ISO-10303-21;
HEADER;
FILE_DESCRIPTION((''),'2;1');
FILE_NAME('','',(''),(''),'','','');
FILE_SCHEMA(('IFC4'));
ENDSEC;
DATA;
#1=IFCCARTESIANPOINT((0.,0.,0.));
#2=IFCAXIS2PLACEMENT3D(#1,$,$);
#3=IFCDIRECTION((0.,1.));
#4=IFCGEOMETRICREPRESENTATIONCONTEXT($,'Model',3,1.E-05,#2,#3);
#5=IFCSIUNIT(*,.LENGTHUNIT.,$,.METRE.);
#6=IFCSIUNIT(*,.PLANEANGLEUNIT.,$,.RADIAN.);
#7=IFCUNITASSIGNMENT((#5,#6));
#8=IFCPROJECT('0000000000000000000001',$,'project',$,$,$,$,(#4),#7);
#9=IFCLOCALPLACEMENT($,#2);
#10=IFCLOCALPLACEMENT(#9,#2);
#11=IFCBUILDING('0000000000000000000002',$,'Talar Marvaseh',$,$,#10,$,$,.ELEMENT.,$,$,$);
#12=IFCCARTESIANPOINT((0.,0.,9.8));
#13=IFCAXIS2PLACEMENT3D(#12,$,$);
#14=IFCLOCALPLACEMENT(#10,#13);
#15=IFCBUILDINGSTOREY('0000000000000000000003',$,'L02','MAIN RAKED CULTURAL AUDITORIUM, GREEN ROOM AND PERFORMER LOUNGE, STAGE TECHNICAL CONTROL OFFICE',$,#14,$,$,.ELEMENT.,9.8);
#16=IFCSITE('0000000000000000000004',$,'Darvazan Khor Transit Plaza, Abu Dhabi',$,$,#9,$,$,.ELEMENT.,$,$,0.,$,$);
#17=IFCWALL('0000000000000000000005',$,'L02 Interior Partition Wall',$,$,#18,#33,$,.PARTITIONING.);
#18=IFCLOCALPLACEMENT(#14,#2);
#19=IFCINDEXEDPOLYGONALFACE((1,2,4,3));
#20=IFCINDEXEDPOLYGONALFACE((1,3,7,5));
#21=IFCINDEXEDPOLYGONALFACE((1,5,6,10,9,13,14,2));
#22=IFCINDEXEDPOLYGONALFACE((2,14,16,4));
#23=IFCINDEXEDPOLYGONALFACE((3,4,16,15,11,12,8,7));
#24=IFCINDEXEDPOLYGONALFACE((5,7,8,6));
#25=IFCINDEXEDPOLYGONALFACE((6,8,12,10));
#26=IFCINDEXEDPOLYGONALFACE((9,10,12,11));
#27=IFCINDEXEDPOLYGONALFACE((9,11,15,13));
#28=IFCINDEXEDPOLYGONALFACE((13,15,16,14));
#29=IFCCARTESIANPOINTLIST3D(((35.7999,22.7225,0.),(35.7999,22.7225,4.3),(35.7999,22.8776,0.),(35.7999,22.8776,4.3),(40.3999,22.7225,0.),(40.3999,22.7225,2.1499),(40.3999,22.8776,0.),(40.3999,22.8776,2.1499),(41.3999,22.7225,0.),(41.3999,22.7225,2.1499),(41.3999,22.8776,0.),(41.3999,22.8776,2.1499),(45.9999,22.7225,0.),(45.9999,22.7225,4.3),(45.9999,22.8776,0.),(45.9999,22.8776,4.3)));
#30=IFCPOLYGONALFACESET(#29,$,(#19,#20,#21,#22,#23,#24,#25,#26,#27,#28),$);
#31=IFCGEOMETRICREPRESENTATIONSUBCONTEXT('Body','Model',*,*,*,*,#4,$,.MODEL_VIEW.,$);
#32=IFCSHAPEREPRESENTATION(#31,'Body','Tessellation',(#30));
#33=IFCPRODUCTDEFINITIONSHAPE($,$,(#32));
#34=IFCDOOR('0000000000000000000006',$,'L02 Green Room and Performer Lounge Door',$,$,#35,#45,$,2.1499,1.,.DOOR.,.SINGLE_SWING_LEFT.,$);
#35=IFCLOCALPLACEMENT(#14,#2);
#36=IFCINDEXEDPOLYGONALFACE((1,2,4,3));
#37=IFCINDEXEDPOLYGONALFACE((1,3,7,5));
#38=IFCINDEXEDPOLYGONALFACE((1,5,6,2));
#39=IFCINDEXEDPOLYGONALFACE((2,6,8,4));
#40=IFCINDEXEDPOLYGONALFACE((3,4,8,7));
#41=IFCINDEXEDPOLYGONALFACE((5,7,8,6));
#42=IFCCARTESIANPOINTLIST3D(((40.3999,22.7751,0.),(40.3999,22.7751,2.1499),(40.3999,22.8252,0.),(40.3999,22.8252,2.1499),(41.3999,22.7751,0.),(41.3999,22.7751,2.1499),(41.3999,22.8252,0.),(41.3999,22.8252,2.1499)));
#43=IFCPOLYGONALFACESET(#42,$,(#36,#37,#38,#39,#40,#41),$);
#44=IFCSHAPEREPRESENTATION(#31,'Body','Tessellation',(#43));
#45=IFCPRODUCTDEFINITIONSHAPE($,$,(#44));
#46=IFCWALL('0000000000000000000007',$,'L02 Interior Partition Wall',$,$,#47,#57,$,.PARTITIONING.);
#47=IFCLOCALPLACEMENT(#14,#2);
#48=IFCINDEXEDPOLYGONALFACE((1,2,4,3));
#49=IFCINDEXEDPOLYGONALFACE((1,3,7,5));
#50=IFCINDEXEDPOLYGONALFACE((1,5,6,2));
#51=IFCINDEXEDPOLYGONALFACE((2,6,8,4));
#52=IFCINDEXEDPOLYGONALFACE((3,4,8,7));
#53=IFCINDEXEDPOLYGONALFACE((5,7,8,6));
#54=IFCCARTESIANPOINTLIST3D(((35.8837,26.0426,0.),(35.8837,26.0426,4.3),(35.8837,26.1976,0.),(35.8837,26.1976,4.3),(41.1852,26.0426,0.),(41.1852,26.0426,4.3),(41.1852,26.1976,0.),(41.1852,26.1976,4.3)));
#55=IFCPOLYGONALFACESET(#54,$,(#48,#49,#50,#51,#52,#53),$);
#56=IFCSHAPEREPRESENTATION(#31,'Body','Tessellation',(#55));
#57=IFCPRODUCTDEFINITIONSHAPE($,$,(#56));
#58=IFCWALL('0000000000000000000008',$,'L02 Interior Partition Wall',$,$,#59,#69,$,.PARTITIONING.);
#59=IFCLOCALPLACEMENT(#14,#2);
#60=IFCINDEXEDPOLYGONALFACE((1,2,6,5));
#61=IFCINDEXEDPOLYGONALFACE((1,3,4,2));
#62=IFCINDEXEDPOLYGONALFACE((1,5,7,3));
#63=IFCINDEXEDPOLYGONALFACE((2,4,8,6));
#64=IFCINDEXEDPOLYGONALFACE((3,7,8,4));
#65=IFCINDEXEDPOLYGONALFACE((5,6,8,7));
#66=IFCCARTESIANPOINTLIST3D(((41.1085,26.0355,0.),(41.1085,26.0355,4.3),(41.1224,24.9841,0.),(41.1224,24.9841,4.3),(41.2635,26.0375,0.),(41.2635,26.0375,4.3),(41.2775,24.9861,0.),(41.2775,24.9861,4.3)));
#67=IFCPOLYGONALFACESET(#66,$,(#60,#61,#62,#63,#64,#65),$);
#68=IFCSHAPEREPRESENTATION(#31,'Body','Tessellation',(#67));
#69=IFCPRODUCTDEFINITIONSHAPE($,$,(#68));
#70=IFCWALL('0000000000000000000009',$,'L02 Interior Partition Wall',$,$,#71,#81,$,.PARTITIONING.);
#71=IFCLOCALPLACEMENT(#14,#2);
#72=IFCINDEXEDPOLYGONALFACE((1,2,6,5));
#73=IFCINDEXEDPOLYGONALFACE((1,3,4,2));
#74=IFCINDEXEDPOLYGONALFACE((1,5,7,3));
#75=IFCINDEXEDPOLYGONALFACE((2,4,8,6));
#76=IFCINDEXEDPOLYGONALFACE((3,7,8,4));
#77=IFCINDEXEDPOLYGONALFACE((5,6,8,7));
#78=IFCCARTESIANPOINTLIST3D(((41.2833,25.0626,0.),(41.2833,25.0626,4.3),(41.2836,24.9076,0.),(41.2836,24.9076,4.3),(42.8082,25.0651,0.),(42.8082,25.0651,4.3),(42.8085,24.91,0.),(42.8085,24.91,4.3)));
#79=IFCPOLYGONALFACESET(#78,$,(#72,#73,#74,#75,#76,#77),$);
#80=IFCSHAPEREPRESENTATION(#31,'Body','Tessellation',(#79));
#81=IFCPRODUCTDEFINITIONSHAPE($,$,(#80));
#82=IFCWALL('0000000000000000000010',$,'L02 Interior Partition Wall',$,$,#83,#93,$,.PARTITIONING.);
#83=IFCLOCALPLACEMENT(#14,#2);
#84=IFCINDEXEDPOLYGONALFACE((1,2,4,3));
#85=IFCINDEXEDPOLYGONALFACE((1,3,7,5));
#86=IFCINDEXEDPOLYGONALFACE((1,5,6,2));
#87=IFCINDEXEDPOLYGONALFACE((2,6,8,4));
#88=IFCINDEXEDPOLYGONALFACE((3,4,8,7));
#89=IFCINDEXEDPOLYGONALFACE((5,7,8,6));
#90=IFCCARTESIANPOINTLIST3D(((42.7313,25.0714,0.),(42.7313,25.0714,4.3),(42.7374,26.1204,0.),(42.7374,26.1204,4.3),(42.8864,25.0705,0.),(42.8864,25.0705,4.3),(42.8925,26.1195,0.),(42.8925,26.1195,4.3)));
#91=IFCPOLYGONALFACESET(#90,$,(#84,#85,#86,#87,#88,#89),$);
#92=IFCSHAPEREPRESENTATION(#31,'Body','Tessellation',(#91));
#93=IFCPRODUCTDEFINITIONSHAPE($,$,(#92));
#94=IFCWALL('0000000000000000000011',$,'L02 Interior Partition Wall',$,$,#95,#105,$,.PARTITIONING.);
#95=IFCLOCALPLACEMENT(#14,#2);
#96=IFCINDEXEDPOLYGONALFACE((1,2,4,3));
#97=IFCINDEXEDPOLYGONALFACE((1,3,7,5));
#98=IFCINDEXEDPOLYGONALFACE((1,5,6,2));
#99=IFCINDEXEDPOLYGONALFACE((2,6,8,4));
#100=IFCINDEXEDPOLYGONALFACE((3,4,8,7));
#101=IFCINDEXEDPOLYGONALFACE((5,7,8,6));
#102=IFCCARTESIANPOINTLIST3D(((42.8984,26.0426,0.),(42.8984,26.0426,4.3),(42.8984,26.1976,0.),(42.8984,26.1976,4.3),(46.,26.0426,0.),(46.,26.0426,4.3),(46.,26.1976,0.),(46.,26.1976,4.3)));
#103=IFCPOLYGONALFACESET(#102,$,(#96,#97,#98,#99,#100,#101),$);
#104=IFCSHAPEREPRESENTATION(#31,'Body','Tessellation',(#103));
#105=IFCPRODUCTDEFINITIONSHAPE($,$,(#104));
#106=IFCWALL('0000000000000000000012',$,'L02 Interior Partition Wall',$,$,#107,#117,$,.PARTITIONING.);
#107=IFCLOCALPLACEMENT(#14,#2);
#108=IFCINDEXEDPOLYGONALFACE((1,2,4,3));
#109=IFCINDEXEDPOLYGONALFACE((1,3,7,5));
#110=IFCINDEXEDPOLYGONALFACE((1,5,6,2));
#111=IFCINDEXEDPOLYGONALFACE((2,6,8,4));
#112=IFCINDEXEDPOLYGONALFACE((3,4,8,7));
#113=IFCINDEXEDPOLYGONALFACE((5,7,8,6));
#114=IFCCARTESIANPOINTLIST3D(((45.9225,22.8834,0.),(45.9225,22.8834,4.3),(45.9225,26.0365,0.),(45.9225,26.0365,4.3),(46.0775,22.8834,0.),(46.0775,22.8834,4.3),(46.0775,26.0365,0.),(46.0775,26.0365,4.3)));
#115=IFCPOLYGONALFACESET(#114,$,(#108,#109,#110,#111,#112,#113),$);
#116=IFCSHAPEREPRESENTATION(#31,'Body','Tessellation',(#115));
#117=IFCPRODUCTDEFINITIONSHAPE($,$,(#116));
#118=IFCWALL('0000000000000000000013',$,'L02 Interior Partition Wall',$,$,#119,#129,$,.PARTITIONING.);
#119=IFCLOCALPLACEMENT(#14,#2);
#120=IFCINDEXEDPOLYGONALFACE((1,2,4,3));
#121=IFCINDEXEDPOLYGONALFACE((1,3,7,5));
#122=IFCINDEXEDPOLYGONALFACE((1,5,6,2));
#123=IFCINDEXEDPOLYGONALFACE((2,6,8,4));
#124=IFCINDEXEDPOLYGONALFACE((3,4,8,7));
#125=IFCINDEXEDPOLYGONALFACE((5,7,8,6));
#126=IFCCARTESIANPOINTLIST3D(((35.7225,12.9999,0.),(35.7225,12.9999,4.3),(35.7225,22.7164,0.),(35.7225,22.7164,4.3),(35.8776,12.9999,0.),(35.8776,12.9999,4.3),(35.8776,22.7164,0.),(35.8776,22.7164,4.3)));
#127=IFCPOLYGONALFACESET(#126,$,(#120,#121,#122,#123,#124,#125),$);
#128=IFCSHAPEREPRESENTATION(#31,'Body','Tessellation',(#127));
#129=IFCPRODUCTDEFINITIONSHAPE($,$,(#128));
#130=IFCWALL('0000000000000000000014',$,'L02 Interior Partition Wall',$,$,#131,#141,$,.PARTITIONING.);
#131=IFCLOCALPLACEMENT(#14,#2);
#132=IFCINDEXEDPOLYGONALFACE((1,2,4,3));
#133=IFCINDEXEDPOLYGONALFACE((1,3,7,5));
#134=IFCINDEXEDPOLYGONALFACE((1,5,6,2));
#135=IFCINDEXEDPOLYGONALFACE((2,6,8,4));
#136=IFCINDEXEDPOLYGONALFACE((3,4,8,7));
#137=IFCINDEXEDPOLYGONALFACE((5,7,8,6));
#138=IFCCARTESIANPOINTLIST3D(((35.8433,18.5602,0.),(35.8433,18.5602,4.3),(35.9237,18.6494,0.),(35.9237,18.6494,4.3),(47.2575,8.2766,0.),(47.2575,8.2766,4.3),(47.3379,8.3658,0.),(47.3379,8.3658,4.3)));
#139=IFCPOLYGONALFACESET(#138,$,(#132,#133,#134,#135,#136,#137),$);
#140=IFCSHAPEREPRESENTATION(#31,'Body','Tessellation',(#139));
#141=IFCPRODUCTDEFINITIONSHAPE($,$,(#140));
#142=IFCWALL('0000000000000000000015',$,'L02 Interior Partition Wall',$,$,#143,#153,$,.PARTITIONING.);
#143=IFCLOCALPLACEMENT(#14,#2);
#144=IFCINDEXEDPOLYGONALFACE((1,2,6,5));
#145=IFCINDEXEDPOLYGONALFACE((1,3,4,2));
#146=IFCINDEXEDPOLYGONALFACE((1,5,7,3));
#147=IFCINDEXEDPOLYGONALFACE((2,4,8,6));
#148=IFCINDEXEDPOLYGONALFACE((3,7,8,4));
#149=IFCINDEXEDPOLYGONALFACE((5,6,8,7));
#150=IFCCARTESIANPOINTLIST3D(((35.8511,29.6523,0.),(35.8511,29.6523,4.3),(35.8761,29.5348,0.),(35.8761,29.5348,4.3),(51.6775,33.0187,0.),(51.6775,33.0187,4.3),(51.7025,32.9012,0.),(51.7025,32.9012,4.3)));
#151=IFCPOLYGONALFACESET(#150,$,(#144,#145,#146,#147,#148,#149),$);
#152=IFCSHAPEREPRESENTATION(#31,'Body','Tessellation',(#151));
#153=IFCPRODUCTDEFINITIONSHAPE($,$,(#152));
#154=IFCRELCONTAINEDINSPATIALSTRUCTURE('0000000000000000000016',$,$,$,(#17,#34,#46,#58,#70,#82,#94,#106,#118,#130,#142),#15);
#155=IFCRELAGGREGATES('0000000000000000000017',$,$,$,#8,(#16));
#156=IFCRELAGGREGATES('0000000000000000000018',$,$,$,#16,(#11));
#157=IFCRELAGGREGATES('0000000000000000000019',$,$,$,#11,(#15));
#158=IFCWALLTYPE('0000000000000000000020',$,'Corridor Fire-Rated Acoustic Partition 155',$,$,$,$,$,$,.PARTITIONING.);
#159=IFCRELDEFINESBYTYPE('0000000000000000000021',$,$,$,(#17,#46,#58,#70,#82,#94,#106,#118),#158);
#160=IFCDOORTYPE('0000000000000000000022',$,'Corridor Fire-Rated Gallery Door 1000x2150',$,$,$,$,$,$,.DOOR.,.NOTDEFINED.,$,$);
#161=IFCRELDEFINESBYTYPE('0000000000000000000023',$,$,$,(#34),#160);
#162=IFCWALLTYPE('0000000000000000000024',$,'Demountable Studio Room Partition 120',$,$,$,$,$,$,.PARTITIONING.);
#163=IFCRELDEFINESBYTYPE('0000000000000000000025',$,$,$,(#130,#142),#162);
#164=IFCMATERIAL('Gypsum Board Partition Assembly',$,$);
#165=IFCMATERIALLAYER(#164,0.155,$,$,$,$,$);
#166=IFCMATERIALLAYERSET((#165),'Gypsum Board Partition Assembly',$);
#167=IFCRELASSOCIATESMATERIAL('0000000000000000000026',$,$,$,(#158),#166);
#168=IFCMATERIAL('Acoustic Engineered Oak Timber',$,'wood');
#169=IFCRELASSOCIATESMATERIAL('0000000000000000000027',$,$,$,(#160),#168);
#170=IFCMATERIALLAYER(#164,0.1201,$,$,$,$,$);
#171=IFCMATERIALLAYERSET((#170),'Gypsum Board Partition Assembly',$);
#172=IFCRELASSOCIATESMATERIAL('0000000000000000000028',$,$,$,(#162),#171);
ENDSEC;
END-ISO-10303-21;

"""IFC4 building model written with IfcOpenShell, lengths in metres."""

from ifc_helpers import new_model, si_unit, direction, frame, frame_2d, origin, place, context, subcontext, project, spatial, rectangle, extrude, source, transform, mapped, material, layer, layer_set, type_object, type_shapes, element, fill, save


model = new_model("IFC4")

# Units and contexts
model_context = context("Model", 3, precision=1e-05, world=origin(), true_north=direction((0.0, 1.0)))
body_context = subcontext(model_context, "Body", "Model", "MODEL_VIEW")
ifc_project = project(units=[si_unit("LENGTHUNIT", "METRE"), si_unit("PLANEANGLEUNIT", "RADIAN")], contexts=[model_context])

# Site, building, storey
site_placement = place(None, origin())
site = spatial("IfcSite", under=ifc_project, at=site_placement, Name="Darvazan Khor Transit Plaza, Abu Dhabi", CompositionType="ELEMENT", RefElevation=0.0)
building_placement = place(site_placement, origin())
building = spatial("IfcBuilding", under=site, at=building_placement, Name="Talar Marvaseh", CompositionType="ELEMENT")
storey_placement = place(building_placement, frame((0.0, 0.0, 9.8)))
storey = spatial("IfcBuildingStorey", under=building, at=storey_placement, Name="L02", Description="MAIN RAKED CULTURAL AUDITORIUM, GREEN ROOM AND PERFORMER LOUNGE, STAGE TECHNICAL CONTROL OFFICE", CompositionType="ELEMENT", Elevation=9.8)

# Wall, opening, door
ifc_material_1 = material(Name="Gypsum Board Partition Assembly")
ifc_layer_1 = layer(ifc_material_1, 0.155)
ifc_layer_set_1 = layer_set([ifc_layer_1], Name="Gypsum Board Partition Assembly")
wall_type_1 = type_object("IfcWallType", Name="Corridor Fire-Rated Acoustic Partition 155", PredefinedType="PARTITIONING", material=ifc_layer_set_1)
wall_1_placement = place(storey_placement, frame((46.0, 22.8, 0.0), z_axis=(0.0, 0.0, 1.0), x_axis=(-1.0, 0.0, 0.0)))
wall_1 = element("IfcWall", 1, at=wall_1_placement, inside=storey, type_object=wall_type_1, Name="L02 Interior Partition Wall", PredefinedType="PARTITIONING", context=body_context, shape_type="SweptSolid", body=[
    extrude(rectangle(XDim=10.2, YDim=0.155, at=frame_2d((5.1001, 0.0))), origin(), (0.0, 0.0, 1.0), 4.3),
])
opening_placement = place(wall_1_placement, frame((4.6001, 0.0, 0.0)))
opening = element("IfcOpeningElement", 2, at=opening_placement, cuts=wall_1, PredefinedType="OPENING", context=body_context, shape_type="SweptSolid", body=[
    extrude(rectangle(XDim=1.0, YDim=2.1499, at=frame_2d((0.5, 1.075))), frame((0.0, 0.0874, 0.0), z_axis=(0.0, -1.0, 0.0), x_axis=(1.0, 0.0, 0.0)), (0.0, 0.0, 1.0), 0.175),
])
ifc_material_2 = material(Name="Acoustic Engineered Oak Timber", Category="wood")
door_type = type_object("IfcDoorType", Name="Corridor Fire-Rated Gallery Door 1000x2150", OperationType="NOTDEFINED", PredefinedType="DOOR", material=ifc_material_2)
shared_shape_1 = source(origin(), body_context, "Body", "SweptSolid", [
    extrude(rectangle(XDim=1.0, YDim=2.1499, at=frame_2d((0.5, 1.075))), frame((0.0, 0.0249, 0.0), z_axis=(0.0, -1.0, 0.0), x_axis=(1.0, 0.0, 0.0)), (0.0, 0.0, 1.0), 0.05),
])
type_shapes(door_type, [shared_shape_1])
door_placement = place(opening_placement, origin())
door = element("IfcDoor", 3, at=door_placement, inside=storey, type_object=door_type, Name="L02 Green Room and Performer Lounge Door", OperationType="SINGLE_SWING_LEFT", OverallHeight=2.1499, OverallWidth=1.0, PredefinedType="DOOR", context=body_context, shape_type="MappedRepresentation", body=[
    mapped(shared_shape_1, transform((0.0, 0.0, 0.0), x_axis=(1.0, 0.0, 0.0), y_axis=(0.0, 1.0, 0.0), z_axis=(0.0, 0.0, 1.0), scale=1.0)),
])
fill(opening, door)

# Walls
wall_2_placement = place(storey_placement, frame((35.8835, 26.1201, 0.0), z_axis=(0.0, 0.0, 1.0), x_axis=(1.0, 0.0, 0.0)))
element("IfcWall", 4, at=wall_2_placement, inside=storey, type_object=wall_type_1, Name="L02 Interior Partition Wall", PredefinedType="PARTITIONING", context=body_context, shape_type="SweptSolid", body=[
    extrude(rectangle(XDim=5.3015, YDim=0.155, at=frame_2d((2.6509, 0.0))), origin(), (0.0, 0.0, 1.0), 4.3),
])
wall_3_placement = place(storey_placement, frame((41.186, 26.0366, 0.0), z_axis=(0.0, 0.0, 1.0), x_axis=(0.013233, -0.999912, 0.0)))
element("IfcWall", 5, at=wall_3_placement, inside=storey, type_object=wall_type_1, Name="L02 Interior Partition Wall", PredefinedType="PARTITIONING", context=body_context, shape_type="SweptSolid", body=[
    extrude(rectangle(XDim=1.0515, YDim=0.155, at=frame_2d((0.5259, 0.0))), origin(), (0.0, 0.0, 1.0), 4.3),
])
wall_4_placement = place(storey_placement, frame((41.2834, 24.9851, 0.0), z_axis=(0.0, 0.0, 1.0), x_axis=(0.999999, 0.001601, 0.0)))
element("IfcWall", 6, at=wall_4_placement, inside=storey, type_object=wall_type_1, Name="L02 Interior Partition Wall", PredefinedType="PARTITIONING", context=body_context, shape_type="SweptSolid", body=[
    extrude(rectangle(XDim=1.5249, YDim=0.155, at=frame_2d((0.7625, 0.0))), origin(), (0.0, 0.0, 1.0), 4.3),
])
wall_5_placement = place(storey_placement, frame((42.8088, 25.071, 0.0), z_axis=(0.0, 0.0, 1.0), x_axis=(0.005818, 0.999983, 0.0)))
element("IfcWall", 7, at=wall_5_placement, inside=storey, type_object=wall_type_1, Name="L02 Interior Partition Wall", PredefinedType="PARTITIONING", context=body_context, shape_type="SweptSolid", body=[
    extrude(rectangle(XDim=1.0491, YDim=0.155, at=frame_2d((0.5244, 0.0))), origin(), (0.0, 0.0, 1.0), 4.3),
])
wall_6_placement = place(storey_placement, frame((42.8984, 26.1201, 0.0), z_axis=(0.0, 0.0, 1.0), x_axis=(1.0, 0.0, 0.0)))
element("IfcWall", 8, at=wall_6_placement, inside=storey, type_object=wall_type_1, Name="L02 Interior Partition Wall", PredefinedType="PARTITIONING", context=body_context, shape_type="SweptSolid", body=[
    extrude(rectangle(XDim=3.1016, YDim=0.155, at=frame_2d((1.5508, 0.0))), origin(), (0.0, 0.0, 1.0), 4.3),
])
wall_7_placement = place(storey_placement, frame((46.0, 26.0366, 0.0), z_axis=(0.0, 0.0, 1.0), x_axis=(0.0, -1.0, 0.0)))
element("IfcWall", 9, at=wall_7_placement, inside=storey, type_object=wall_type_1, Name="L02 Interior Partition Wall", PredefinedType="PARTITIONING", context=body_context, shape_type="SweptSolid", body=[
    extrude(rectangle(XDim=3.1531, YDim=0.155, at=frame_2d((1.5767, 0.0))), origin(), (0.0, 0.0, 1.0), 4.3),
])
wall_8_placement = place(storey_placement, frame((35.8, 22.7166, 0.0), z_axis=(0.0, 0.0, 1.0), x_axis=(0.0, -1.0, 0.0)))
element("IfcWall", 10, at=wall_8_placement, inside=storey, type_object=wall_type_1, Name="L02 Interior Partition Wall", PredefinedType="PARTITIONING", context=body_context, shape_type="SweptSolid", body=[
    extrude(rectangle(XDim=9.7166, YDim=0.155, at=frame_2d((4.8584, 0.0))), origin(), (0.0, 0.0, 1.0), 4.3),
])
ifc_layer_2 = layer(ifc_material_1, 0.1201)
ifc_layer_set_2 = layer_set([ifc_layer_2], Name="Gypsum Board Partition Assembly")
wall_type_2 = type_object("IfcWallType", Name="Demountable Studio Room Partition 120", PredefinedType="PARTITIONING", material=ifc_layer_set_2)
wall_9_placement = place(storey_placement, frame((35.8835, 18.6047, 0.0), z_axis=(0.0, 0.0, 1.0), x_axis=(0.742944, -0.669354, 0.0)))
element("IfcWall", 11, at=wall_9_placement, inside=storey, type_object=wall_type_2, Name="L02 Interior Partition Wall", PredefinedType="PARTITIONING", context=body_context, shape_type="SweptSolid", body=[
    extrude(rectangle(XDim=15.3635, YDim=0.1201, at=frame_2d((7.6816, 0.0))), origin(), (0.0, 0.0, 1.0), 4.3),
])
wall_10_placement = place(storey_placement, frame((35.8635, 29.5935, 0.0), z_axis=(0.0, 0.0, 1.0), x_axis=(0.978117, 0.208056, 0.0)))
element("IfcWall", 12, at=wall_10_placement, inside=storey, type_object=wall_type_2, Name="L02 Interior Partition Wall", PredefinedType="PARTITIONING", context=body_context, shape_type="SweptSolid", body=[
    extrude(rectangle(XDim=16.1804, YDim=0.1201, at=frame_2d((8.0903, 0.0))), origin(), (0.0, 0.0, 1.0), 4.3),
])

save(model, "model.ifc")
